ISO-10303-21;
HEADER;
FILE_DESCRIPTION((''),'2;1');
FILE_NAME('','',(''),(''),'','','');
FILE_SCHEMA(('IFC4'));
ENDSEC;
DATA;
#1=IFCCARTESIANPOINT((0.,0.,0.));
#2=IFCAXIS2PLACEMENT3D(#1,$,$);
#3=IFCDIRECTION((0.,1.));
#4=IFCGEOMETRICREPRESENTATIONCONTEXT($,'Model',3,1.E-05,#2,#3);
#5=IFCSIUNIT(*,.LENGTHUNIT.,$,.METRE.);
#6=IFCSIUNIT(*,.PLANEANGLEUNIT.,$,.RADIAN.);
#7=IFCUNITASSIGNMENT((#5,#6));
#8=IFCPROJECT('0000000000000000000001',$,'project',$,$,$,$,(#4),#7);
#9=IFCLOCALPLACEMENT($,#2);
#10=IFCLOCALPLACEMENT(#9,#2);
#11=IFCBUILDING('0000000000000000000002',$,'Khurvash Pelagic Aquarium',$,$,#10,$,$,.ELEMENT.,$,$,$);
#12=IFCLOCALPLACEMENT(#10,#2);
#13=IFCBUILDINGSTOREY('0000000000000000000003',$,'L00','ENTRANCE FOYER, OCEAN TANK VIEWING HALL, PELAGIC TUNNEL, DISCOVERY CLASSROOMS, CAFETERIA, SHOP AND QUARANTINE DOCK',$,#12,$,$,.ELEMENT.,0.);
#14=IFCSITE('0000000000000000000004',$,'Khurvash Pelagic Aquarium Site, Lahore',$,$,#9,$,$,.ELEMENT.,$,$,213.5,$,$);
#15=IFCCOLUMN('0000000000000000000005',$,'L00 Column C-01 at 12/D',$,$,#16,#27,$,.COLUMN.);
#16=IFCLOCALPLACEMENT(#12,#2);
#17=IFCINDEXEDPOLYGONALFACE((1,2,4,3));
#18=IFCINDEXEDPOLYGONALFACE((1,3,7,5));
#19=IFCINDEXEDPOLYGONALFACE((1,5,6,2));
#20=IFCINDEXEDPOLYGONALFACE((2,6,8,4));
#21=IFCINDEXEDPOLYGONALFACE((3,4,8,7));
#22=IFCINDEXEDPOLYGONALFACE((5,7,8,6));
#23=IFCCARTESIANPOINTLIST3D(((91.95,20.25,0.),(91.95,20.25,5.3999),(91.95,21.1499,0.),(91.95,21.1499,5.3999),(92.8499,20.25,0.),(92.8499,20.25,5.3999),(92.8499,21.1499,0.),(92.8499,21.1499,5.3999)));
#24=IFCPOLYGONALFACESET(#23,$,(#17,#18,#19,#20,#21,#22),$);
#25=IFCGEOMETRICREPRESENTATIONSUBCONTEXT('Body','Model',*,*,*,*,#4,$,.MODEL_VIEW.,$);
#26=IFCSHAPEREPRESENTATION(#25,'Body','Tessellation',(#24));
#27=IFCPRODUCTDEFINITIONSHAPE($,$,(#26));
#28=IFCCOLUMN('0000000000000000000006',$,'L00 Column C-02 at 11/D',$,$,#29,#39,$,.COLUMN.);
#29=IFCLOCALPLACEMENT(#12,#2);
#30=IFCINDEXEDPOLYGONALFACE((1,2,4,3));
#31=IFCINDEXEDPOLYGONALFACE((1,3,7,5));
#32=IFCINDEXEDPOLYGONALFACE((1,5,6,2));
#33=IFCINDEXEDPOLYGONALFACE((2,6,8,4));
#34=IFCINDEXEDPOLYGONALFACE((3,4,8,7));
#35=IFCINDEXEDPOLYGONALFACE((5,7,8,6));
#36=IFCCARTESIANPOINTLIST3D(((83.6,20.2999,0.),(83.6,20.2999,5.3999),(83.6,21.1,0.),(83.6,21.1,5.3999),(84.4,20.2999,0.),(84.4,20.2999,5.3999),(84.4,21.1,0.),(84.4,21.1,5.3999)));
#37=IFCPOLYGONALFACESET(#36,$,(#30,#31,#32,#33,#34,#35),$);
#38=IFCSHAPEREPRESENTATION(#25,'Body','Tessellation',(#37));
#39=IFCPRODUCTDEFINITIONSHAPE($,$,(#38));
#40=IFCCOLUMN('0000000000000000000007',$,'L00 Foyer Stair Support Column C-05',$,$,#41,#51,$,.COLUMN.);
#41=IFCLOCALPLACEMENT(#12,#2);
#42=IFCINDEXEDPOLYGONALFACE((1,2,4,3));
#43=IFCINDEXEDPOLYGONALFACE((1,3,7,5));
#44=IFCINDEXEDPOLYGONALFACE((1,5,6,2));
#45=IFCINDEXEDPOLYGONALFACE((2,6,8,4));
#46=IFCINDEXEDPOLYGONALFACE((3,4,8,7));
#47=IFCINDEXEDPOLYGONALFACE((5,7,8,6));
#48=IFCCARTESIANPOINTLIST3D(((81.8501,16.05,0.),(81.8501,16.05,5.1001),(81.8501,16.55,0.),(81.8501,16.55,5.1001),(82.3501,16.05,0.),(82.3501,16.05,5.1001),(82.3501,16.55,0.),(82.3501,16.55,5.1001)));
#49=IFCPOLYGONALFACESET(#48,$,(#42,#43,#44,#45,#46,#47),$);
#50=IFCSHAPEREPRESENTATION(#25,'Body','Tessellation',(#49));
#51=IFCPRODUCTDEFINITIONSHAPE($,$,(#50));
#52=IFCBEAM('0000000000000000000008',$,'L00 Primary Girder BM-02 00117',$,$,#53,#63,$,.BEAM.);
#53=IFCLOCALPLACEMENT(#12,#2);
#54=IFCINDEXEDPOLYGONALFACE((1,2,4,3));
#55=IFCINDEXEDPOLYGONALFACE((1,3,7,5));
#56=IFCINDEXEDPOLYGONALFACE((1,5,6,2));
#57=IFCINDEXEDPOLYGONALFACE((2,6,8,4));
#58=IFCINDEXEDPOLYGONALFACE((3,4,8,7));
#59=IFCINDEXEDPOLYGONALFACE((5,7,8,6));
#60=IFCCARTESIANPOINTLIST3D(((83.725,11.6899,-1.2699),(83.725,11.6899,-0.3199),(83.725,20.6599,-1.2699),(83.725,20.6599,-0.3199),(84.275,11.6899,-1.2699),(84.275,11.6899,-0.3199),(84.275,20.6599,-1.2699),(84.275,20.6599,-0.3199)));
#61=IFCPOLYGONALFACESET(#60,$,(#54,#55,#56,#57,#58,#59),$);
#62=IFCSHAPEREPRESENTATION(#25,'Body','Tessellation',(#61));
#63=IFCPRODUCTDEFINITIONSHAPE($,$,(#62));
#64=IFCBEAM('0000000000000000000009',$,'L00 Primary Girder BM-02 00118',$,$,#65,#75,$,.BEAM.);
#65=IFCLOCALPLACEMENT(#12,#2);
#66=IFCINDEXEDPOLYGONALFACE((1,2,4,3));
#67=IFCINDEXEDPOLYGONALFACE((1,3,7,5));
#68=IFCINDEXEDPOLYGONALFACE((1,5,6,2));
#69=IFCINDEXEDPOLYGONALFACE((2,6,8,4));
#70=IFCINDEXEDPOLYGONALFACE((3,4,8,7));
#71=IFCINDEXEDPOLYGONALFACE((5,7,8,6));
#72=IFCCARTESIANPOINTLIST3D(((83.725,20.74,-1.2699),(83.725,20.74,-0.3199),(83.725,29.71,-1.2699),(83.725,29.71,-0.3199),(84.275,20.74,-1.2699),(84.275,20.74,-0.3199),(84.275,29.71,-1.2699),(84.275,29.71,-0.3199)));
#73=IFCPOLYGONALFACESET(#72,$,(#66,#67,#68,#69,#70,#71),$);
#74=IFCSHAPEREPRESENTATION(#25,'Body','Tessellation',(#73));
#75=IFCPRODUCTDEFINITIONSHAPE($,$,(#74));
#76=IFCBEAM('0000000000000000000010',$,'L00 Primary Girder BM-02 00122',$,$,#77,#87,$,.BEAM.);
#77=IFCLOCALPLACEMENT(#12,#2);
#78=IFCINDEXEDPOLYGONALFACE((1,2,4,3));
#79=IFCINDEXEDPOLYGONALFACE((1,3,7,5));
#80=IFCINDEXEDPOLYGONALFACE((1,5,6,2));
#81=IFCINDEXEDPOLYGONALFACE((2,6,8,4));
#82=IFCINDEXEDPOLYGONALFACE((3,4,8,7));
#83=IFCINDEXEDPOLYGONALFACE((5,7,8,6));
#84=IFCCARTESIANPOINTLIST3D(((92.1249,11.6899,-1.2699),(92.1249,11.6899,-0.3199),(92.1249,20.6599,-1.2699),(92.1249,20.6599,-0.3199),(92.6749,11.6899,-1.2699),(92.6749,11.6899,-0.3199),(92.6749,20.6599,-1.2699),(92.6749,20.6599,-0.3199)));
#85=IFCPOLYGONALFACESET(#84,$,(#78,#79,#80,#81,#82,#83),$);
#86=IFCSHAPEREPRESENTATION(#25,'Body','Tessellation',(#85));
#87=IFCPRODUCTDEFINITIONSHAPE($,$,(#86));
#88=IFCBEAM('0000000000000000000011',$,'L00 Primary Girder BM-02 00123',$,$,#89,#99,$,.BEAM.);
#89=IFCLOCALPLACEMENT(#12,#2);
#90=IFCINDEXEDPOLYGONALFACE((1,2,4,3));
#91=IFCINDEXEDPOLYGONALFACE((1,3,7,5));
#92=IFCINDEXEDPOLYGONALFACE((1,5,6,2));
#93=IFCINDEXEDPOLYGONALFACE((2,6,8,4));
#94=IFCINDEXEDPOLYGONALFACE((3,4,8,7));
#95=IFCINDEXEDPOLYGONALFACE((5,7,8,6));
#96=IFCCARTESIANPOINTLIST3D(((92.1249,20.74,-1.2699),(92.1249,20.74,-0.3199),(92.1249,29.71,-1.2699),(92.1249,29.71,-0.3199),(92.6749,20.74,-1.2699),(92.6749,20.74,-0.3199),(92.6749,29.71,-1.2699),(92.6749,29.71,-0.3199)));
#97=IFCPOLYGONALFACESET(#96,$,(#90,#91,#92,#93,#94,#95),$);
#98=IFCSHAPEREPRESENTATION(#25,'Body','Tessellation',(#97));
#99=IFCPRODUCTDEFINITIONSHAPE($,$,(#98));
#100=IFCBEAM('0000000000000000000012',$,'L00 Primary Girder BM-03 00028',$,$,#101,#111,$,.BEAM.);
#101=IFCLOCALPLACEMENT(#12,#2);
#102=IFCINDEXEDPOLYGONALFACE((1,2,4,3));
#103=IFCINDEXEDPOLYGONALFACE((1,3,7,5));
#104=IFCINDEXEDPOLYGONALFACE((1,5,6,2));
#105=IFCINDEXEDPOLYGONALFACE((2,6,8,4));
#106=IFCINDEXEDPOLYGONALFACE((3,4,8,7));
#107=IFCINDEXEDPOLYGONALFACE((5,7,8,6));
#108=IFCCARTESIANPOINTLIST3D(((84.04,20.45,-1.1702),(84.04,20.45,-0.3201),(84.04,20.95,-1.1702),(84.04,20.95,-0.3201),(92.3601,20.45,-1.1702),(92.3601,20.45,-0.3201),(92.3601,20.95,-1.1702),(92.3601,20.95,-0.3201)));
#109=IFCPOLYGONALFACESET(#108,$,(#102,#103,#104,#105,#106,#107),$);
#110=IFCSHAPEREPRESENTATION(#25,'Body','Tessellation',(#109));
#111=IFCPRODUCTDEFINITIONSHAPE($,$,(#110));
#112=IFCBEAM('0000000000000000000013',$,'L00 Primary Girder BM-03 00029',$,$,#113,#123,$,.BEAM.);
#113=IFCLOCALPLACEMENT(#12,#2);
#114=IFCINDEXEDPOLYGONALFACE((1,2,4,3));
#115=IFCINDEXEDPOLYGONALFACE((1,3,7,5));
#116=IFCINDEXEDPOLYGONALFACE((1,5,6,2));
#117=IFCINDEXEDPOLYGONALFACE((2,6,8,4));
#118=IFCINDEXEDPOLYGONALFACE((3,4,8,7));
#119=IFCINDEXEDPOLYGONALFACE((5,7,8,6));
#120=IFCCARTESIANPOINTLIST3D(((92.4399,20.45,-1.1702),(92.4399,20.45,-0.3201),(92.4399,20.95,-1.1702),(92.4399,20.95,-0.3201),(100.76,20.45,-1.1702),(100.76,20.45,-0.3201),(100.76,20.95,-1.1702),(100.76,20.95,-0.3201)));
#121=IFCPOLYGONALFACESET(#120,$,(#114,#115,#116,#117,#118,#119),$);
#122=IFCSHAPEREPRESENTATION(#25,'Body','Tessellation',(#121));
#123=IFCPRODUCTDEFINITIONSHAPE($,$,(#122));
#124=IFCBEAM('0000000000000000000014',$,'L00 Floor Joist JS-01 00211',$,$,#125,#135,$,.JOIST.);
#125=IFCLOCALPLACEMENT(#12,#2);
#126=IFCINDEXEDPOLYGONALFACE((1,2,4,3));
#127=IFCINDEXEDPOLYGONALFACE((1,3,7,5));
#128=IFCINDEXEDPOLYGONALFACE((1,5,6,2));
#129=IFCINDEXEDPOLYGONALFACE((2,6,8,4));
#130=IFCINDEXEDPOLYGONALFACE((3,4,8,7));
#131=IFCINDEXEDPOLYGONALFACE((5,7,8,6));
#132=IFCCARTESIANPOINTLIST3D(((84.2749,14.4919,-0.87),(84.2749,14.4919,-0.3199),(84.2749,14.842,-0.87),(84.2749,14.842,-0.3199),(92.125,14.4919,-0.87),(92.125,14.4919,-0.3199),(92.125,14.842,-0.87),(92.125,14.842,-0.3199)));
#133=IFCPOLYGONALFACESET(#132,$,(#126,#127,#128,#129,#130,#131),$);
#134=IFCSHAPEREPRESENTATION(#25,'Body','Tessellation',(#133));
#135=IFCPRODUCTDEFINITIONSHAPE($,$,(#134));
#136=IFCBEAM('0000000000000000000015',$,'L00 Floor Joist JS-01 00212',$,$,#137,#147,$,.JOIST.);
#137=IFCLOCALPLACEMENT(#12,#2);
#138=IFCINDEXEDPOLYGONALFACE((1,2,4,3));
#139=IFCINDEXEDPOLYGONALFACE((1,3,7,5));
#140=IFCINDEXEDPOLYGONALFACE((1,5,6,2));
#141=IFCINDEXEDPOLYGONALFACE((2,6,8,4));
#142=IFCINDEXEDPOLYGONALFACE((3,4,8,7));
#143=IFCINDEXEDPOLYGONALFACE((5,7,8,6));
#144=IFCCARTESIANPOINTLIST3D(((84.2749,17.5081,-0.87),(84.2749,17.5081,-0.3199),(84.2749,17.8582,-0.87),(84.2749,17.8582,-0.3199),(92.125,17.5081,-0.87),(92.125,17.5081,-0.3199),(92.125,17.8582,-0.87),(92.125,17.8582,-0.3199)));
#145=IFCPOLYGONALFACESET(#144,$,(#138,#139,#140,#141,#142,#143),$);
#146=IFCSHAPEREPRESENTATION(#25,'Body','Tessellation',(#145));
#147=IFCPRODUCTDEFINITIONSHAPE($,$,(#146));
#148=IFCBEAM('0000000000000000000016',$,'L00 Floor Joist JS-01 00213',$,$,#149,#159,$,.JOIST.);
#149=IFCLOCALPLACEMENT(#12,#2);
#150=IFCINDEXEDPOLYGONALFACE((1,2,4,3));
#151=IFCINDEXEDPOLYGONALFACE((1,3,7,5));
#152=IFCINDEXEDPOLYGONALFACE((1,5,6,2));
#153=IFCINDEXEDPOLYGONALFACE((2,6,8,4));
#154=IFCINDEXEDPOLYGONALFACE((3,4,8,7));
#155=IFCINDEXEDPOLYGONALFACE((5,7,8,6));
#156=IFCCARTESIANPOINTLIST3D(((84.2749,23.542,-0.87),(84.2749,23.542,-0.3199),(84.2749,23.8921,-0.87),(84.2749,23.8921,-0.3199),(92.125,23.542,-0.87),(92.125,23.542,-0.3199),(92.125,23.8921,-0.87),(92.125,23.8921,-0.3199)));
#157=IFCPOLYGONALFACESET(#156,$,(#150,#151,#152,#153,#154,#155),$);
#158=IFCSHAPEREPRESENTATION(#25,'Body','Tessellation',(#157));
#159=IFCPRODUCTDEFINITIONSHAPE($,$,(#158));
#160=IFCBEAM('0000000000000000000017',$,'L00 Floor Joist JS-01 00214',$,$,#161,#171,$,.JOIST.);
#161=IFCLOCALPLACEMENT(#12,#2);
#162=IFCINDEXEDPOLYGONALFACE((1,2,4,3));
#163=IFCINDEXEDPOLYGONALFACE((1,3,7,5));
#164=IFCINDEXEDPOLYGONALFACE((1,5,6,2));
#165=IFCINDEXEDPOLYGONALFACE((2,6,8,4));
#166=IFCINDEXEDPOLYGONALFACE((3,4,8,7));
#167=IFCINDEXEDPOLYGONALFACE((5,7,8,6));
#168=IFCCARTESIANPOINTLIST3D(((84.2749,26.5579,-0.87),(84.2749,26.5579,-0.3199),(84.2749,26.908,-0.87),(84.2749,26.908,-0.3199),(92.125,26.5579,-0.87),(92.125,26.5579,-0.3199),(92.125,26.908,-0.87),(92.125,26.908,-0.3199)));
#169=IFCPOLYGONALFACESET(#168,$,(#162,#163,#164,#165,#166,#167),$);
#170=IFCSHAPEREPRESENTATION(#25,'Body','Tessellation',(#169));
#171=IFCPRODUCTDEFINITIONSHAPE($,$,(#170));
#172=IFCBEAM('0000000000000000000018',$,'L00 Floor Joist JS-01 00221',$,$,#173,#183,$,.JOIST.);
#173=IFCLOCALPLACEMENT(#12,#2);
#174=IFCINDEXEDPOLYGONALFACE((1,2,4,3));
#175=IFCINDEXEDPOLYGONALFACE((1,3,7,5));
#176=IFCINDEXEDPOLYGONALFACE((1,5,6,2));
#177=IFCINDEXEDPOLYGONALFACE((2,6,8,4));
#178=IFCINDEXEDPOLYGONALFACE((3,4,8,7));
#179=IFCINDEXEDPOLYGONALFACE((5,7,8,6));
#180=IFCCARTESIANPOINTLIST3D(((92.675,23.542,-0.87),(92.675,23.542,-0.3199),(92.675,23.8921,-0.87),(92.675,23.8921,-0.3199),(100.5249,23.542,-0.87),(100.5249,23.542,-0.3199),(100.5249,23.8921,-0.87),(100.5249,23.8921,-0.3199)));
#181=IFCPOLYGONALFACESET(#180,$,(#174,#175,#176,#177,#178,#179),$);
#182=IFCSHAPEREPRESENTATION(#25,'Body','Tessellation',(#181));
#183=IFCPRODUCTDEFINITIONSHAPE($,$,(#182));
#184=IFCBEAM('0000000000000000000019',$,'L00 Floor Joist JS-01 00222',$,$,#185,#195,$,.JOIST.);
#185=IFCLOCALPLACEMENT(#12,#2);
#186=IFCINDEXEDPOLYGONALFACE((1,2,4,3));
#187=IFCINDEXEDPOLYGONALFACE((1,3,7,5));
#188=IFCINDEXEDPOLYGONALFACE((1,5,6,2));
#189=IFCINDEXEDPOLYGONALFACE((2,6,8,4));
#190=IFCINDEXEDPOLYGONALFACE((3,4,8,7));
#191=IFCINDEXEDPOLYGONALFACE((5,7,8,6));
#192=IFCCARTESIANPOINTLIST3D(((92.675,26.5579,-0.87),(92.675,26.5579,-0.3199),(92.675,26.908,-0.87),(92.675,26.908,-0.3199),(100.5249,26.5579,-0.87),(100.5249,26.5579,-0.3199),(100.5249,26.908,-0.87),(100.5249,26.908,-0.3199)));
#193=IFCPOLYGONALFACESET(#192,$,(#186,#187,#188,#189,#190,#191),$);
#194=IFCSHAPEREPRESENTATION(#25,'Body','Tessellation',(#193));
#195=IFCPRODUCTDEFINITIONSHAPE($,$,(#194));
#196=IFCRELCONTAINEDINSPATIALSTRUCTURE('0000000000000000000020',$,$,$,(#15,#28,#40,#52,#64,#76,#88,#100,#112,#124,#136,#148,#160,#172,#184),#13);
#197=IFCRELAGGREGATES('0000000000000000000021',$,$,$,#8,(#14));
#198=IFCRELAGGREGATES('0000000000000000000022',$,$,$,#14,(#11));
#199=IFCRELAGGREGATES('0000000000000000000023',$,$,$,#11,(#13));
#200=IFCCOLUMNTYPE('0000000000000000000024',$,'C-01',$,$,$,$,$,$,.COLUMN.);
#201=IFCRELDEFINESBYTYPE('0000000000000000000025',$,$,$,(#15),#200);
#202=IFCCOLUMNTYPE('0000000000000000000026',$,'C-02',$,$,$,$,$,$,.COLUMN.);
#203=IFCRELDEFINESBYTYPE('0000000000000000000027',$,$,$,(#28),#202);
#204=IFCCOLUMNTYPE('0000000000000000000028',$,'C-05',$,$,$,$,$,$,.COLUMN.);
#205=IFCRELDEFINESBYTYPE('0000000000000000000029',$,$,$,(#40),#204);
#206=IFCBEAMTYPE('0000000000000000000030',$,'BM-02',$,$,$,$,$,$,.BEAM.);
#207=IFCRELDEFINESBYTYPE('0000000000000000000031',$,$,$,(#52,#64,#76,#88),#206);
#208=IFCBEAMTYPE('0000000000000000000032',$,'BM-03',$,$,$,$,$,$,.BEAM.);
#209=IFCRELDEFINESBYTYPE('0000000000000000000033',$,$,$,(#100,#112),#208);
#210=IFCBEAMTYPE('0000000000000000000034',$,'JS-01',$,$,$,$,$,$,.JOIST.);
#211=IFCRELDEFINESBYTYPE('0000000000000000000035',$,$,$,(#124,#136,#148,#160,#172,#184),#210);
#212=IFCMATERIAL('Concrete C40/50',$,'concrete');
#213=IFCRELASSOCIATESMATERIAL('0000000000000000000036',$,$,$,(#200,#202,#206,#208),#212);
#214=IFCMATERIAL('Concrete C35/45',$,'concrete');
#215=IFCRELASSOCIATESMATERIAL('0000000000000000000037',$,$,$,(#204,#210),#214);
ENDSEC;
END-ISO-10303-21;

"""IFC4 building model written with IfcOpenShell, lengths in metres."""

from ifc_helpers import new_model, si_unit, direction, frame, origin, origin_2d, place, context, subcontext, project, spatial, rectangle, extrude, material, material_profile, profile_set, type_object, element, save


model = new_model("IFC4")

# Units and contexts
model_context = context("Model", 3, precision=1e-05, world=origin(), true_north=direction((0.0, 1.0)))
body_context = subcontext(model_context, "Body", "Model", "MODEL_VIEW")
ifc_project = project(units=[si_unit("LENGTHUNIT", "METRE"), si_unit("PLANEANGLEUNIT", "RADIAN")], contexts=[model_context])

# Site, building, storey
site_placement = place(None, origin())
site = spatial("IfcSite", under=ifc_project, at=site_placement, Name="Khurvash Pelagic Aquarium Site, Lahore", CompositionType="ELEMENT", RefElevation=213.5)
building_placement = place(site_placement, origin())
building = spatial("IfcBuilding", under=site, at=building_placement, Name="Khurvash Pelagic Aquarium", CompositionType="ELEMENT")
storey_placement = place(building_placement, origin())
storey = spatial("IfcBuildingStorey", under=building, at=storey_placement, Name="L00", Description="ENTRANCE FOYER, OCEAN TANK VIEWING HALL, PELAGIC TUNNEL, DISCOVERY CLASSROOMS, CAFETERIA, SHOP AND QUARANTINE DOCK", CompositionType="ELEMENT", Elevation=0.0)

# Columns
ifc_material_1 = material(Name="Concrete C40/50", Category="concrete")
ifc_material_profile_1 = material_profile(ifc_material_1, rectangle(XDim=0.8999, YDim=0.8999, at=origin_2d()), Name="RC900X900")
ifc_profile_set_1 = profile_set([ifc_material_profile_1], Name="Concrete C40/50")
column_type_1 = type_object("IfcColumnType", Name="C-01", PredefinedType="COLUMN", material=ifc_profile_set_1)
column_1_placement = place(storey_placement, frame((92.3999, 20.7, 0.0), z_axis=(0.0, 0.0, 1.0), x_axis=(1.0, 0.0, 0.0)))
element("IfcColumn", 1, at=column_1_placement, inside=storey, type_object=column_type_1, Name="L00 Column C-01 at 12/D", PredefinedType="COLUMN", context=body_context, shape_type="SweptSolid", body=[
    extrude(rectangle(XDim=0.8999, YDim=0.8999, at=origin_2d()), origin(), (0.0, 0.0, 1.0), 5.3999),
])
ifc_material_profile_2 = material_profile(ifc_material_1, rectangle(XDim=0.8, YDim=0.8, at=origin_2d()), Name="RC800X800")
ifc_profile_set_2 = profile_set([ifc_material_profile_2], Name="Concrete C40/50")
column_type_2 = type_object("IfcColumnType", Name="C-02", PredefinedType="COLUMN", material=ifc_profile_set_2)
column_2_placement = place(storey_placement, frame((84.0, 20.7, 0.0), z_axis=(0.0, 0.0, 1.0), x_axis=(1.0, 0.0, 0.0)))
element("IfcColumn", 2, at=column_2_placement, inside=storey, type_object=column_type_2, Name="L00 Column C-02 at 11/D", PredefinedType="COLUMN", context=body_context, shape_type="SweptSolid", body=[
    extrude(rectangle(XDim=0.8, YDim=0.8, at=origin_2d()), origin(), (0.0, 0.0, 1.0), 5.3999),
])
ifc_material_2 = material(Name="Concrete C35/45", Category="concrete")
ifc_material_profile_3 = material_profile(ifc_material_2, rectangle(XDim=0.5, YDim=0.5, at=origin_2d()), Name="RC500X500")
ifc_profile_set_3 = profile_set([ifc_material_profile_3], Name="Concrete C35/45")
column_type_3 = type_object("IfcColumnType", Name="C-05", PredefinedType="COLUMN", material=ifc_profile_set_3)
column_3_placement = place(storey_placement, frame((82.1001, 16.3, 0.0), z_axis=(0.0, 0.0, 1.0), x_axis=(1.0, 0.0, 0.0)))
element("IfcColumn", 3, at=column_3_placement, inside=storey, type_object=column_type_3, Name="L00 Foyer Stair Support Column C-05", PredefinedType="COLUMN", context=body_context, shape_type="SweptSolid", body=[
    extrude(rectangle(XDim=0.5, YDim=0.5, at=origin_2d()), origin(), (0.0, 0.0, 1.0), 5.1001),
])

# Beams
ifc_material_profile_4 = material_profile(ifc_material_1, rectangle(XDim=0.55, YDim=0.95, at=origin_2d()), Name="RC550X950")
ifc_profile_set_4 = profile_set([ifc_material_profile_4], Name="Concrete C40/50")
beam_type_1 = type_object("IfcBeamType", Name="BM-02", PredefinedType="BEAM", material=ifc_profile_set_4)
for number, where, z_axis, x_axis, name in (
    (4, (84.0, 11.6899, -0.7949), (0.0, 1.0, 0.0), (-1.0, 0.0, 0.0), "L00 Primary Girder BM-02 00117"),
    (5, (84.0, 20.74, -0.7949), (0.0, 1.0, 0.0), (-1.0, 0.0, 0.0), "L00 Primary Girder BM-02 00118"),
    (6, (92.3999, 11.6899, -0.7949), (0.0, 1.0, 0.0), (-1.0, 0.0, 0.0), "L00 Primary Girder BM-02 00122"),
    (7, (92.3999, 20.74, -0.7949), (0.0, 1.0, 0.0), (-1.0, 0.0, 0.0), "L00 Primary Girder BM-02 00123"),
):
    element("IfcBeam", number, at=place(storey_placement, frame(where, z_axis=z_axis, x_axis=x_axis)), inside=storey, type_object=beam_type_1, Name=name, PredefinedType="BEAM", context=body_context, shape_type="SweptSolid", body=[
        extrude(rectangle(XDim=0.55, YDim=0.95, at=origin_2d()), origin(), (0.0, 0.0, 1.0), 8.97),
    ])
ifc_material_profile_5 = material_profile(ifc_material_1, rectangle(XDim=0.5, YDim=0.8501, at=origin_2d()), Name="RC500X850")
ifc_profile_set_5 = profile_set([ifc_material_profile_5], Name="Concrete C40/50")
beam_type_2 = type_object("IfcBeamType", Name="BM-03", PredefinedType="BEAM", material=ifc_profile_set_5)
for number, where, z_axis, x_axis, name in (
    (8, (84.04, 20.7, -0.7451), (1.0, 0.0, 0.0), (0.0, 1.0, 0.0), "L00 Primary Girder BM-03 00028"),
    (9, (92.4399, 20.7, -0.7451), (1.0, 0.0, 0.0), (0.0, 1.0, 0.0), "L00 Primary Girder BM-03 00029"),
):
    element("IfcBeam", number, at=place(storey_placement, frame(where, z_axis=z_axis, x_axis=x_axis)), inside=storey, type_object=beam_type_2, Name=name, PredefinedType="BEAM", context=body_context, shape_type="SweptSolid", body=[
        extrude(rectangle(XDim=0.5, YDim=0.8501, at=origin_2d()), origin(), (0.0, 0.0, 1.0), 8.3201),
    ])
ifc_material_profile_6 = material_profile(ifc_material_2, rectangle(XDim=0.3501, YDim=0.55, at=origin_2d()), Name="RC350X550")
ifc_profile_set_6 = profile_set([ifc_material_profile_6], Name="Concrete C35/45")
beam_type_3 = type_object("IfcBeamType", Name="JS-01", PredefinedType="JOIST", material=ifc_profile_set_6)
for number, where, z_axis, x_axis, name in (
    (10, (84.2749, 14.667, -0.595), (1.0, 0.0, 0.0), (0.0, 1.0, 0.0), "L00 Floor Joist JS-01 00211"),
    (11, (84.2749, 17.6831, -0.595), (1.0, 0.0, 0.0), (0.0, 1.0, 0.0), "L00 Floor Joist JS-01 00212"),
    (12, (84.2749, 23.717, -0.595), (1.0, 0.0, 0.0), (0.0, 1.0, 0.0), "L00 Floor Joist JS-01 00213"),
    (13, (84.2749, 26.7329, -0.595), (1.0, 0.0, 0.0), (0.0, 1.0, 0.0), "L00 Floor Joist JS-01 00214"),
):
    element("IfcBeam", number, at=place(storey_placement, frame(where, z_axis=z_axis, x_axis=x_axis)), inside=storey, type_object=beam_type_3, Name=name, PredefinedType="JOIST", context=body_context, shape_type="SweptSolid", body=[
        extrude(rectangle(XDim=0.3501, YDim=0.55, at=origin_2d()), origin(), (0.0, 0.0, 1.0), 7.8501),
    ])
for number, where, z_axis, x_axis, name in (
    (14, (92.675, 23.717, -0.595), (1.0, 0.0, 0.0), (0.0, 1.0, 0.0), "L00 Floor Joist JS-01 00221"),
    (15, (92.675, 26.7329, -0.595), (1.0, 0.0, 0.0), (0.0, 1.0, 0.0), "L00 Floor Joist JS-01 00222"),
):
    element("IfcBeam", number, at=place(storey_placement, frame(where, z_axis=z_axis, x_axis=x_axis)), inside=storey, type_object=beam_type_3, Name=name, PredefinedType="JOIST", context=body_context, shape_type="SweptSolid", body=[
        extrude(rectangle(XDim=0.3501, YDim=0.55, at=origin_2d()), origin(), (0.0, 0.0, 1.0), 7.8499),
    ])

save(model, "model.ifc")
